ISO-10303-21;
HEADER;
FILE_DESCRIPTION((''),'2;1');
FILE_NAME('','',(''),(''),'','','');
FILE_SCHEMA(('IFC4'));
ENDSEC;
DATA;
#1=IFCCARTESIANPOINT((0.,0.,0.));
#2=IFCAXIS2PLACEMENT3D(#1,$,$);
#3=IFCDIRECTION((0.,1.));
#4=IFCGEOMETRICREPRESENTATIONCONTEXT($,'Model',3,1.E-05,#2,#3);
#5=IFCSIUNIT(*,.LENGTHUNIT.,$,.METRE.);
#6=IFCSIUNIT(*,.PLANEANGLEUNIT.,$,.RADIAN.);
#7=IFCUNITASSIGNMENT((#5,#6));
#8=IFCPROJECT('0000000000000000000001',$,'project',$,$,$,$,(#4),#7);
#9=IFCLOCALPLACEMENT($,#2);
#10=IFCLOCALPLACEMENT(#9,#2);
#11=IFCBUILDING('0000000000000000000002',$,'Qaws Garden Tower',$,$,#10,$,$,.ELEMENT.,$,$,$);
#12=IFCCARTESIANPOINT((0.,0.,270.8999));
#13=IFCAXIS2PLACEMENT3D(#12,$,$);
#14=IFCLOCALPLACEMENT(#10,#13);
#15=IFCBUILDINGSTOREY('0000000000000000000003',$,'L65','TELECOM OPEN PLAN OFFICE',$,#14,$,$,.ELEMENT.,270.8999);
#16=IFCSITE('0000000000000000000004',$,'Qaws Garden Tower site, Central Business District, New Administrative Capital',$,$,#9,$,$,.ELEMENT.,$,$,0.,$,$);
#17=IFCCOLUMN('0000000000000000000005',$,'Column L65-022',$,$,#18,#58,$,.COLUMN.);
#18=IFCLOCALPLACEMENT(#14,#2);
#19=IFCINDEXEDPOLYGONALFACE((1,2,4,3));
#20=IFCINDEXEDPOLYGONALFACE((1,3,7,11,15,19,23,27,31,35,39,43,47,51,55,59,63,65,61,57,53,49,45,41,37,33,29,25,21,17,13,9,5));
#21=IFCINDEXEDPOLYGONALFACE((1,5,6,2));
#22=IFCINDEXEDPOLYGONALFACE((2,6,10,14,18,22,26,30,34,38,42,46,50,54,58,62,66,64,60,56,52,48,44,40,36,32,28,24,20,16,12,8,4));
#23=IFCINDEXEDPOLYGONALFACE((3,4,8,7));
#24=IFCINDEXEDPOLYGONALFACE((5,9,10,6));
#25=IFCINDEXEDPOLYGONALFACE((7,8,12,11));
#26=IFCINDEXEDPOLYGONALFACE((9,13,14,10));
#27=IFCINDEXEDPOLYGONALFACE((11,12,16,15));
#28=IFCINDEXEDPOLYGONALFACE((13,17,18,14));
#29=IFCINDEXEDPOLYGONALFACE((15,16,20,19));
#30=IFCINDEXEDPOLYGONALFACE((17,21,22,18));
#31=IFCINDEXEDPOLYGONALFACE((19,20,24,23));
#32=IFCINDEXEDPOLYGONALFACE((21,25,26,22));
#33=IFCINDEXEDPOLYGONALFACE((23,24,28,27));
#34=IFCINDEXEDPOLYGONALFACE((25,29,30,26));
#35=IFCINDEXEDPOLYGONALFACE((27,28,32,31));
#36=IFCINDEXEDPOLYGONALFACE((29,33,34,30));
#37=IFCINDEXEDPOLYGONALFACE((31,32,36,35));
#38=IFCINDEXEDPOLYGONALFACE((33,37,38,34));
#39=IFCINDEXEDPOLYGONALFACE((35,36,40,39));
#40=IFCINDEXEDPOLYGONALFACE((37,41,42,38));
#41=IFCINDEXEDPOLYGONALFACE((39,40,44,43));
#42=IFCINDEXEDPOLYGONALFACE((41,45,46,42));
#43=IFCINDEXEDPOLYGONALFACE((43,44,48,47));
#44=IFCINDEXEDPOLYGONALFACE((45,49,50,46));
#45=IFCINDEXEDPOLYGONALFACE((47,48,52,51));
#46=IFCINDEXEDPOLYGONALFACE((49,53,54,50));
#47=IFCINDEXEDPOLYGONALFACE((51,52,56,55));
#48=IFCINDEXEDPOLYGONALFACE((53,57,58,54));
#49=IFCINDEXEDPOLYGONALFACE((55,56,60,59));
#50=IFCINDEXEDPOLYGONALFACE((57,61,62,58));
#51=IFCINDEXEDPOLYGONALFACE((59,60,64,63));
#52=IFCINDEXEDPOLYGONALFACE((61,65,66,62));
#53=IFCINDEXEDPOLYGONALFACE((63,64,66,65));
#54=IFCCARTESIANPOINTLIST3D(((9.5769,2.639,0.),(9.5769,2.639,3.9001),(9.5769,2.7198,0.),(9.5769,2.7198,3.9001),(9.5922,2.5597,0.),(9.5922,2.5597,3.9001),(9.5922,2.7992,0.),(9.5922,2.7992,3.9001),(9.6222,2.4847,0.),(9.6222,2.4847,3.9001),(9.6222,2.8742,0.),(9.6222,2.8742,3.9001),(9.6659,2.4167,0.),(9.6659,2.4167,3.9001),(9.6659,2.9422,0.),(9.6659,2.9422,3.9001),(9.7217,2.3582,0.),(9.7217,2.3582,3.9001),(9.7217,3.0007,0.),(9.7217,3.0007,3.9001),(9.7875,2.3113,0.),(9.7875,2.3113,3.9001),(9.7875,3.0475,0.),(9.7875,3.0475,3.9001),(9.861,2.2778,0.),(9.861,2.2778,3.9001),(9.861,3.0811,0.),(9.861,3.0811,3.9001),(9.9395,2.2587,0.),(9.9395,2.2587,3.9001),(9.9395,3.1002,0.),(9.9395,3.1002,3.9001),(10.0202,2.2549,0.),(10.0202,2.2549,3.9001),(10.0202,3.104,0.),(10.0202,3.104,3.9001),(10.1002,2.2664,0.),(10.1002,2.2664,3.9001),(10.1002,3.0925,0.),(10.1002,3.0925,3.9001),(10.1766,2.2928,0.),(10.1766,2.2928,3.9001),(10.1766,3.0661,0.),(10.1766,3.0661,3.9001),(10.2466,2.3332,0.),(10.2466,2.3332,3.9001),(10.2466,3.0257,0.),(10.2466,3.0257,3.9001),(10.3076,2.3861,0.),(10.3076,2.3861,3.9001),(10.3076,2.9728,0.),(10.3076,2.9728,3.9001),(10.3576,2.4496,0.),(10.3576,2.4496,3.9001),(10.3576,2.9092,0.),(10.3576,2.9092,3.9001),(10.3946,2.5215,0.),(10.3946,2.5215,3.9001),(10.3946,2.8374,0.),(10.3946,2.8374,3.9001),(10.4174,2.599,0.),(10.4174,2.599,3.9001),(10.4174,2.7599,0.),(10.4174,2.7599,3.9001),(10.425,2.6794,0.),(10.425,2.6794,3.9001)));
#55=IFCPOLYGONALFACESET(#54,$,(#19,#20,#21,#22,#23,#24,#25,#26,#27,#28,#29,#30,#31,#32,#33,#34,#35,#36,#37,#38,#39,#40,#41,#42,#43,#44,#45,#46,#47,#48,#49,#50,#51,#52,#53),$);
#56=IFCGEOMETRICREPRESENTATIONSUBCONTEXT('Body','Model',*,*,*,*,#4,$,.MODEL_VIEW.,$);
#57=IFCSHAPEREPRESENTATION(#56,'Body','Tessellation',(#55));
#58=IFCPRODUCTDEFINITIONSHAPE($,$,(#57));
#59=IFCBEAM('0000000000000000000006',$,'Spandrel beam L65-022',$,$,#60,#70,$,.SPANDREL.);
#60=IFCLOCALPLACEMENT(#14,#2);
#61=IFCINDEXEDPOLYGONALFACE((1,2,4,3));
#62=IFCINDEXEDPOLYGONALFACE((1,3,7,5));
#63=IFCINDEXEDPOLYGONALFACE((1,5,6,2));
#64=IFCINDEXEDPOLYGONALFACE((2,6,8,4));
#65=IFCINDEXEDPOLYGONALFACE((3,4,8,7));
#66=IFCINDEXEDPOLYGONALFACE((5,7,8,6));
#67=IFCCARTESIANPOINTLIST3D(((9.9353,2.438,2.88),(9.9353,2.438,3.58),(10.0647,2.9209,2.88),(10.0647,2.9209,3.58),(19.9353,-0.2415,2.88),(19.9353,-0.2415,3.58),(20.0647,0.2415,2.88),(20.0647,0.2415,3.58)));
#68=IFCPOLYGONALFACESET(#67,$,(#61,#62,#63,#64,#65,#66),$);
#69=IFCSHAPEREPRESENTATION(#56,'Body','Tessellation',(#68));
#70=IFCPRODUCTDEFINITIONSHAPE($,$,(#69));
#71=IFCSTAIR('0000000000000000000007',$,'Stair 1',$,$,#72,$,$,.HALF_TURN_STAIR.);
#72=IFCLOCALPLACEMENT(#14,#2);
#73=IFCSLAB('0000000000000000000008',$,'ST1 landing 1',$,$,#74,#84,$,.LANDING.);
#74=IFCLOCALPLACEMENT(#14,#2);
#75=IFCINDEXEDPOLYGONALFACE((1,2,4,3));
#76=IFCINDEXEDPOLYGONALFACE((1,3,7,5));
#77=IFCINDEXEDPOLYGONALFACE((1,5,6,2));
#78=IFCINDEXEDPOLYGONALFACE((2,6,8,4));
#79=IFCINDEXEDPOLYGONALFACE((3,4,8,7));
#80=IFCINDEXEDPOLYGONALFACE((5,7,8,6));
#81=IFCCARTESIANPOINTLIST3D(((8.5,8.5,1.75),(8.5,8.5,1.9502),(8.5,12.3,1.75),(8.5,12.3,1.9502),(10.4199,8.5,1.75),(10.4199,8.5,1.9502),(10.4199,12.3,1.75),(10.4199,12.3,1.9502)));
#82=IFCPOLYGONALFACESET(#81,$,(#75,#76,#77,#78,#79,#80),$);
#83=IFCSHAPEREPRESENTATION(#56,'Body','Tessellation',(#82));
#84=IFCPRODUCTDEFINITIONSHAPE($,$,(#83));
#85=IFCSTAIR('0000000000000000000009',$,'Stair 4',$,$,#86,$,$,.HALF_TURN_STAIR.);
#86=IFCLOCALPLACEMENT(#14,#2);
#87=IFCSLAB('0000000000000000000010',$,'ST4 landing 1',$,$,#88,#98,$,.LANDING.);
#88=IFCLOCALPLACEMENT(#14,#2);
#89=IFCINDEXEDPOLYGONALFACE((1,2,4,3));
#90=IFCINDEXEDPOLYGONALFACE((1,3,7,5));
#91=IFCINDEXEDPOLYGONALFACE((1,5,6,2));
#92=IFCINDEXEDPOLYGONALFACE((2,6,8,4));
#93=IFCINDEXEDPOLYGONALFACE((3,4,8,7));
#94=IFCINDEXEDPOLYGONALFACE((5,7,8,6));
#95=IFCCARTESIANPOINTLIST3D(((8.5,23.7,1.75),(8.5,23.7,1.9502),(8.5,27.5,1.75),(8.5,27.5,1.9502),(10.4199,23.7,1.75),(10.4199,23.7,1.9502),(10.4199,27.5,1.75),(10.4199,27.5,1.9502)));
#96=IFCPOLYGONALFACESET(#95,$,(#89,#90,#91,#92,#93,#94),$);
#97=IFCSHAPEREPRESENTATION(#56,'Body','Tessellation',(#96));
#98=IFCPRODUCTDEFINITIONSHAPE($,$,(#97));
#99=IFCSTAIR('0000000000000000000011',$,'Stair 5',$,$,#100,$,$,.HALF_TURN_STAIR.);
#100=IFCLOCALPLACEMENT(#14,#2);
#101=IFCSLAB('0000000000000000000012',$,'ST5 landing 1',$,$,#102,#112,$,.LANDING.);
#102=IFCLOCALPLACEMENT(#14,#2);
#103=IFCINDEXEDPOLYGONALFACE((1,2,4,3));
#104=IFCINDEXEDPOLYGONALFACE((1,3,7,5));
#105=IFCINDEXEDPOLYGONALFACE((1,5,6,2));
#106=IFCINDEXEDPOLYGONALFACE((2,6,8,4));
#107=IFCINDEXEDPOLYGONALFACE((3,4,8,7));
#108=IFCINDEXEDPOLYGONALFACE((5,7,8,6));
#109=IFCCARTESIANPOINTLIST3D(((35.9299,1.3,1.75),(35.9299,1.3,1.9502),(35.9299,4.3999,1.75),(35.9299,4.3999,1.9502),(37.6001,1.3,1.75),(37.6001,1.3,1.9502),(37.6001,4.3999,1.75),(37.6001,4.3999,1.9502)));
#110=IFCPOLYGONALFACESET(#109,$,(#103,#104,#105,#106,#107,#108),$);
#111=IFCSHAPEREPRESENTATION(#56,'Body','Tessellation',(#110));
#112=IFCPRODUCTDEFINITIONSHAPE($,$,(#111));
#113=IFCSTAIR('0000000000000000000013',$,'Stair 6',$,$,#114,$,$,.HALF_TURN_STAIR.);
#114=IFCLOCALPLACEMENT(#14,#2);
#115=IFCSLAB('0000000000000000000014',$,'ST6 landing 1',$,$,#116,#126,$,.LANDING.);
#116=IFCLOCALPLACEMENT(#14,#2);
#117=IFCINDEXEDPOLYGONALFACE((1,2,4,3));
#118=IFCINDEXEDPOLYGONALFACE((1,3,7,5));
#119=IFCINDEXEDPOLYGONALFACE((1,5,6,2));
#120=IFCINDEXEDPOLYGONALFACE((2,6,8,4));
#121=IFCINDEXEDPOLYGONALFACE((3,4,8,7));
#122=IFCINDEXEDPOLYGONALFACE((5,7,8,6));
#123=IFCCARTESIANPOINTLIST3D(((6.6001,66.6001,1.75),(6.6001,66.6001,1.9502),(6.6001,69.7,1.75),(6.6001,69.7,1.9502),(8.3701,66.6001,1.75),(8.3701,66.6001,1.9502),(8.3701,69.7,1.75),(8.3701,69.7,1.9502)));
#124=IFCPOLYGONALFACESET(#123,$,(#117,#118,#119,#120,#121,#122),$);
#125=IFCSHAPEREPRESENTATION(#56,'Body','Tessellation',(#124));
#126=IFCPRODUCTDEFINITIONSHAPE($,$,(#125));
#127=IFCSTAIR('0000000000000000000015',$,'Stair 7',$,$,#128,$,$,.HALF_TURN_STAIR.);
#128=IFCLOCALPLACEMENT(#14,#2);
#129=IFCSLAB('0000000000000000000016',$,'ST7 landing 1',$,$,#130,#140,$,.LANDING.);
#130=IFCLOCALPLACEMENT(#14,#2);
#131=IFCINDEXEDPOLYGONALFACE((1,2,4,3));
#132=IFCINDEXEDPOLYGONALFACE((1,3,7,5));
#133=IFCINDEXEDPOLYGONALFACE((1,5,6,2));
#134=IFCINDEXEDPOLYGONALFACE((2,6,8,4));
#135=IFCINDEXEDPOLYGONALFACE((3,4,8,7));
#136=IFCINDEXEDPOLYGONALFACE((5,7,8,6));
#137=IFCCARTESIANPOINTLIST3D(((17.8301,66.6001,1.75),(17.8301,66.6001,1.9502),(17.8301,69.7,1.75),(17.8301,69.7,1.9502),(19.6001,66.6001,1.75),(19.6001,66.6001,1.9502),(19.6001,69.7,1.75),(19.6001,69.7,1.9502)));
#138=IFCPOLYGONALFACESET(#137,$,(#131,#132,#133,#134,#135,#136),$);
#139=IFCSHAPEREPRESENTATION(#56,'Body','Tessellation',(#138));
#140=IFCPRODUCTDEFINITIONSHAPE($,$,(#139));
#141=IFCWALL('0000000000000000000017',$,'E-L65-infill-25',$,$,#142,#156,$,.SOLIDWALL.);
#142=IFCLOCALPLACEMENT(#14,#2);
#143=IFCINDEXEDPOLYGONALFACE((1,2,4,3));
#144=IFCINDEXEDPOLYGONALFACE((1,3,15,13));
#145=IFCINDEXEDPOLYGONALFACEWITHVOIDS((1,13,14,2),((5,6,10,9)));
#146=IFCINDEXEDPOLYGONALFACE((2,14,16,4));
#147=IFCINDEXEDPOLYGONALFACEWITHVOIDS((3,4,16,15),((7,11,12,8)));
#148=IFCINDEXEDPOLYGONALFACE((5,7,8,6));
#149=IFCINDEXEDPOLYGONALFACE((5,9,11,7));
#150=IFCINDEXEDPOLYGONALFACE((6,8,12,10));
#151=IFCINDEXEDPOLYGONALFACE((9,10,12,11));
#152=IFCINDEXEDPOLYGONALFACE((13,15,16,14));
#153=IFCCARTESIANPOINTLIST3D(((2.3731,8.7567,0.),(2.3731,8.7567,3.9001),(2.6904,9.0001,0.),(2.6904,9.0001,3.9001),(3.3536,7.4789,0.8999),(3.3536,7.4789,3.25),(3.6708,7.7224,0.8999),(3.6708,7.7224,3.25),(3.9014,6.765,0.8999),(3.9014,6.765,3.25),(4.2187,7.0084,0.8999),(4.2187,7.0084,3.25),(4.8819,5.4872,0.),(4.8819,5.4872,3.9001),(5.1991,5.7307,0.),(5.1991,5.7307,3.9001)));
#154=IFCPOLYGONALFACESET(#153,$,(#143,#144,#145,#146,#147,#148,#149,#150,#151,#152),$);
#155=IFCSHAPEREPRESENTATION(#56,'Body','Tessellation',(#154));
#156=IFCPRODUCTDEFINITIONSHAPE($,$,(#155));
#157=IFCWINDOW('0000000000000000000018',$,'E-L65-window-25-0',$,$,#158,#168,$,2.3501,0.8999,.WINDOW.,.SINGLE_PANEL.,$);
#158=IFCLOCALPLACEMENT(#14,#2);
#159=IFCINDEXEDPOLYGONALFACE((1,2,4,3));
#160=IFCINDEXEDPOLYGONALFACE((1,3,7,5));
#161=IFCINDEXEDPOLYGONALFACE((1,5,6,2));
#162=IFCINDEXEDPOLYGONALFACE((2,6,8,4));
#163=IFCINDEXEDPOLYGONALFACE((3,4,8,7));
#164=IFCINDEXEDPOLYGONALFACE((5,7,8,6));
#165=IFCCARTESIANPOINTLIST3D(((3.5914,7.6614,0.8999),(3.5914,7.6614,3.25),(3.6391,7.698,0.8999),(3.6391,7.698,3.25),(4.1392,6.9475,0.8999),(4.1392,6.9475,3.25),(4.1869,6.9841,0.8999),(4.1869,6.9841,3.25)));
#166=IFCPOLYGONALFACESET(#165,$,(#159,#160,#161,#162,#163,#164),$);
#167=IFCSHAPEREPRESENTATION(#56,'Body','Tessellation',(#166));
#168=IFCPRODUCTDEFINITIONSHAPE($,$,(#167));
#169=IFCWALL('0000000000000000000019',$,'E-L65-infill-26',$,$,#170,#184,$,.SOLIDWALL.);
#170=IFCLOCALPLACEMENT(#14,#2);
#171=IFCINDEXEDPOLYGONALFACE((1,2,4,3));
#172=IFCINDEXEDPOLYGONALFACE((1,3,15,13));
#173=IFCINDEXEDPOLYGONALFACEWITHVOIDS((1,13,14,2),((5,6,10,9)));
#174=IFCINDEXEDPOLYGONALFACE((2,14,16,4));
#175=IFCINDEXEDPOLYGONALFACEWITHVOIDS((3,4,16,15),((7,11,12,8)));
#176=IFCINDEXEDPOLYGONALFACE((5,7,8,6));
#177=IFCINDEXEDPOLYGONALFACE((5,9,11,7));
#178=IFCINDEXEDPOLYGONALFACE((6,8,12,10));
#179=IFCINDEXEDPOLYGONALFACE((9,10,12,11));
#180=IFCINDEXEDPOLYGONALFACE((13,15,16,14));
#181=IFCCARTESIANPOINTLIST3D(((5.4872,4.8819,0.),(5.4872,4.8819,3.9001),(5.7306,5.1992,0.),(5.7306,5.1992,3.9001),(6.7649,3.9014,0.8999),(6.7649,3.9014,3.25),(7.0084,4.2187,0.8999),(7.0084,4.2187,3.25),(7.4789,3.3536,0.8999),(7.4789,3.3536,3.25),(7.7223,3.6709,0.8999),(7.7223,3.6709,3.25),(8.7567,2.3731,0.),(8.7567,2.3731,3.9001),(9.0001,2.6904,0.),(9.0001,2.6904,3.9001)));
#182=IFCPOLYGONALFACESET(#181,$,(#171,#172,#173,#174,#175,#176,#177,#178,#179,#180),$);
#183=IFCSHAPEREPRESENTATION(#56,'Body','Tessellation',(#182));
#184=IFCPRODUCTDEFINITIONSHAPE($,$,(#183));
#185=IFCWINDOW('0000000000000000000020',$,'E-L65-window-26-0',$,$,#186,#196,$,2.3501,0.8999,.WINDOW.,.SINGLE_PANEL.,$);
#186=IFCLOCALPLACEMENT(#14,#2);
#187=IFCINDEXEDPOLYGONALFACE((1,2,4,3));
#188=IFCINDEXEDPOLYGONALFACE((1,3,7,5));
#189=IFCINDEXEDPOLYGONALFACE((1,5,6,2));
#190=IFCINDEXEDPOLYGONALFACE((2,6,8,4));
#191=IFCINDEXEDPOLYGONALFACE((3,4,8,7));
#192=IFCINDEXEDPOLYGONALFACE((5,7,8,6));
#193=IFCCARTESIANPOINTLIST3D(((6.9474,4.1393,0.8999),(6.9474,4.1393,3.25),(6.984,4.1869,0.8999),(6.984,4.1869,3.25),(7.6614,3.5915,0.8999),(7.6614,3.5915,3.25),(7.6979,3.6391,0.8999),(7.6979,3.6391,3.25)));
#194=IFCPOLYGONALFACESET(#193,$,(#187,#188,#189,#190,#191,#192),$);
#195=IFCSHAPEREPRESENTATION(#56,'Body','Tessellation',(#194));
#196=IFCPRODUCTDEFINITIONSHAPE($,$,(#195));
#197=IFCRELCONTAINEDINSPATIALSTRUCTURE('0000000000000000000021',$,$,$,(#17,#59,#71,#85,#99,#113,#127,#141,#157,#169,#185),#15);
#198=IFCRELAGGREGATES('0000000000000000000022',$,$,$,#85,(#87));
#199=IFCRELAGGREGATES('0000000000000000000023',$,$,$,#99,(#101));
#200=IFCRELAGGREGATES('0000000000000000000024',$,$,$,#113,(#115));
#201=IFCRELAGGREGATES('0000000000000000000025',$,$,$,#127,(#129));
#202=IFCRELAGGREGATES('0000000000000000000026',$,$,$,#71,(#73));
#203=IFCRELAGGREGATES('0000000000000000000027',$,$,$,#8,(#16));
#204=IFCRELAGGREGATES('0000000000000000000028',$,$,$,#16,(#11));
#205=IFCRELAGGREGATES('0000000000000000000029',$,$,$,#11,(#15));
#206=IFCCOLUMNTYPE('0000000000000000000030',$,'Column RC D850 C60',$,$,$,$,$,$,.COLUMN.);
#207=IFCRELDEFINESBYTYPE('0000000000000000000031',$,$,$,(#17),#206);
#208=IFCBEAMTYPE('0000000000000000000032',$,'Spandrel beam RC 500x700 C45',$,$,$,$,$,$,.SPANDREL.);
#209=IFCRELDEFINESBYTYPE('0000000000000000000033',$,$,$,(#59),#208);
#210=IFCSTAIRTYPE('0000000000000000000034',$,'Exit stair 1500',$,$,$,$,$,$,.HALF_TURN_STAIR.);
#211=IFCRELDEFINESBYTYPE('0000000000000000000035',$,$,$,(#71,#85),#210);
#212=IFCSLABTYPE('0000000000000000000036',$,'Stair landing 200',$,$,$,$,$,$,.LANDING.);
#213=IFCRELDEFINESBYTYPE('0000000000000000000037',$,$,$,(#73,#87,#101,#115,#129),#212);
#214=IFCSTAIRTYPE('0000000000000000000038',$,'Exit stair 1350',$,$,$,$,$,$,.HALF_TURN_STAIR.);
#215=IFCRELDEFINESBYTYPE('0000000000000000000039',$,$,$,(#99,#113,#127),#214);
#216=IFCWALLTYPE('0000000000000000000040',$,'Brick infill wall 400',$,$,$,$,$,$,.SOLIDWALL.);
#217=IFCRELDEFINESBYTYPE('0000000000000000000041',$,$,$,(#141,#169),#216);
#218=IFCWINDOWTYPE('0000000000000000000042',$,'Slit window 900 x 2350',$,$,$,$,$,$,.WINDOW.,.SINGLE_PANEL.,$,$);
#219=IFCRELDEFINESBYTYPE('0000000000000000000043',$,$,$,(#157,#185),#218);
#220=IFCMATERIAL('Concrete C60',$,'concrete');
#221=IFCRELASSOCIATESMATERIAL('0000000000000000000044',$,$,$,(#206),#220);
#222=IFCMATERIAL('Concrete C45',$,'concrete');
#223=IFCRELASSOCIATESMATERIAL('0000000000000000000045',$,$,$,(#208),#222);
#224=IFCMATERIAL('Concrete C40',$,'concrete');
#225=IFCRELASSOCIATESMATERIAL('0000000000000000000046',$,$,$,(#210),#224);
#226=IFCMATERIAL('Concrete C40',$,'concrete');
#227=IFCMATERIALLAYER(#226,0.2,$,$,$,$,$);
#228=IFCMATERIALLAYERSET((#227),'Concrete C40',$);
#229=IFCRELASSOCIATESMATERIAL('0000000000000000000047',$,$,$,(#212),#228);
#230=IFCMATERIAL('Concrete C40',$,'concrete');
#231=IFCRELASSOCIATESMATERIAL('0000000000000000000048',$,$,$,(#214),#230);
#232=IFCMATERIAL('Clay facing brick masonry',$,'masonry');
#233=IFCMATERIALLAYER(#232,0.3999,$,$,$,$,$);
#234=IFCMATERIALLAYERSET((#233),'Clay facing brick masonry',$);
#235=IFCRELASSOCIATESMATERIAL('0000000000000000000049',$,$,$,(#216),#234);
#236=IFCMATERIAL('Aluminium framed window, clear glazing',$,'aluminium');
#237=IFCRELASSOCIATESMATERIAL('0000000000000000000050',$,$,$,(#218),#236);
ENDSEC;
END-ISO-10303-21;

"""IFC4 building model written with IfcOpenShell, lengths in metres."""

from ifc_helpers import new_model, si_unit, direction, frame, frame_2d, origin, origin_2d, place, context, subcontext, project, spatial, polyline, rectangle, circle, outline, extrude, material, layer, layer_set, material_profile, profile_set, type_object, element, fill, aggregate, save


model = new_model("IFC4")

# Units and contexts
model_context = context("Model", 3, precision=1e-05, world=origin(), true_north=direction((0.0, 1.0)))
body_context = subcontext(model_context, "Body", "Model", "MODEL_VIEW")
ifc_project = project(units=[si_unit("LENGTHUNIT", "METRE"), si_unit("PLANEANGLEUNIT", "RADIAN")], contexts=[model_context])

# Site, building, storey
site_placement = place(None, origin())
site = spatial("IfcSite", under=ifc_project, at=site_placement, Name="Qaws Garden Tower site, Central Business District, New Administrative Capital", CompositionType="ELEMENT", RefElevation=0.0)
building_placement = place(site_placement, origin())
building = spatial("IfcBuilding", under=site, at=building_placement, Name="Qaws Garden Tower", CompositionType="ELEMENT")
storey_placement = place(building_placement, frame((0.0, 0.0, 270.8999)))
storey = spatial("IfcBuildingStorey", under=building, at=storey_placement, Name="L65", Description="TELECOM OPEN PLAN OFFICE", CompositionType="ELEMENT", Elevation=270.8999)

# Column
ifc_material_1 = material(Name="Concrete C60", Category="concrete")
ifc_material_profile_1 = material_profile(ifc_material_1, circle(Radius=0.425, at=origin_2d()), Name="RC D850")
ifc_profile_set_1 = profile_set([ifc_material_profile_1], Name="Concrete C60")
column_type = type_object("IfcColumnType", Name="Column RC D850 C60", PredefinedType="COLUMN", material=ifc_profile_set_1)
column_placement = place(storey_placement, frame((10.0, 2.6794, 0.0), z_axis=(0.0, 0.0, 1.0), x_axis=(1.0, 0.0, 0.0)))
element("IfcColumn", 1, at=column_placement, inside=storey, type_object=column_type, Name="Column L65-022", PredefinedType="COLUMN", context=body_context, shape_type="SweptSolid", body=[
    extrude(circle(Radius=0.425, at=origin_2d()), origin(), (0.0, 0.0, 1.0), 3.9001),
])

# Beam
ifc_material_2 = material(Name="Concrete C45", Category="concrete")
ifc_material_profile_2 = material_profile(ifc_material_2, rectangle(XDim=0.5, YDim=0.7, at=origin_2d()), Name="RC 500x700")
ifc_profile_set_2 = profile_set([ifc_material_profile_2], Name="Concrete C45")
beam_type = type_object("IfcBeamType", Name="Spandrel beam RC 500x700 C45", PredefinedType="SPANDREL", material=ifc_profile_set_2)
beam_placement = place(storey_placement, frame((10.0, 2.6794, 3.23), z_axis=(0.965927, -0.258815, 0.0), x_axis=(0.258815, 0.965927, 0.0)))
element("IfcBeam", 2, at=beam_placement, inside=storey, type_object=beam_type, Name="Spandrel beam L65-022", PredefinedType="SPANDREL", context=body_context, shape_type="SweptSolid", body=[
    extrude(rectangle(XDim=0.5, YDim=0.7, at=origin_2d()), origin(), (0.0, 0.0, 1.0), 10.3528),
])

# Stairs, slabs
ifc_material_3 = material(Name="Concrete C40", Category="concrete")
stair_type_1 = type_object("IfcStairType", Name="Exit stair 1500", PredefinedType="HALF_TURN_STAIR", material=ifc_material_3)
placement_1 = place(storey_placement, origin())
stair_1 = element("IfcStair", 3, at=placement_1, inside=storey, type_object=stair_type_1, Name="Stair 1", PredefinedType="HALF_TURN_STAIR")
ifc_material_4 = material(Name="Concrete C40", Category="concrete")
ifc_layer_1 = layer(ifc_material_4, 0.2)
ifc_layer_set_1 = layer_set([ifc_layer_1], Name="Concrete C40")
slab_type = type_object("IfcSlabType", Name="Stair landing 200", PredefinedType="LANDING", material=ifc_layer_set_1)
placement_2 = place(storey_placement, frame((0.0, 0.0, 1.75)))
slab_1 = element("IfcSlab", 4, at=placement_2, type_object=slab_type, Name="ST1 landing 1", PredefinedType="LANDING", context=body_context, shape_type="SweptSolid", body=[
    extrude(outline(polyline([(8.5, 8.5), (10.4199, 8.5), (10.4199, 12.3), (8.5, 12.3), (8.5, 8.5)])), origin(), (0.0, 0.0, 1.0), 0.2002),
])
stair_2 = element("IfcStair", 5, at=placement_1, inside=storey, type_object=stair_type_1, Name="Stair 4", PredefinedType="HALF_TURN_STAIR")
slab_2 = element("IfcSlab", 6, at=placement_2, type_object=slab_type, Name="ST4 landing 1", PredefinedType="LANDING", context=body_context, shape_type="SweptSolid", body=[
    extrude(outline(polyline([(8.5, 23.7), (10.4199, 23.7), (10.4199, 27.5), (8.5, 27.5), (8.5, 23.7)])), origin(), (0.0, 0.0, 1.0), 0.2002),
])
aggregate(stair_2, [slab_2])
ifc_material_5 = material(Name="Concrete C40", Category="concrete")
stair_type_2 = type_object("IfcStairType", Name="Exit stair 1350", PredefinedType="HALF_TURN_STAIR", material=ifc_material_5)
stair_3 = element("IfcStair", 7, at=placement_1, inside=storey, type_object=stair_type_2, Name="Stair 5", PredefinedType="HALF_TURN_STAIR")
slab_3 = element("IfcSlab", 8, at=placement_2, type_object=slab_type, Name="ST5 landing 1", PredefinedType="LANDING", context=body_context, shape_type="SweptSolid", body=[
    extrude(outline(polyline([(35.9299, 1.3), (37.6001, 1.3), (37.6001, 4.3999), (35.9299, 4.3999), (35.9299, 1.3)])), origin(), (0.0, 0.0, 1.0), 0.2002),
])
aggregate(stair_3, [slab_3])
stair_4 = element("IfcStair", 9, at=placement_1, inside=storey, type_object=stair_type_2, Name="Stair 6", PredefinedType="HALF_TURN_STAIR")
slab_4 = element("IfcSlab", 10, at=placement_2, type_object=slab_type, Name="ST6 landing 1", PredefinedType="LANDING", context=body_context, shape_type="SweptSolid", body=[
    extrude(outline(polyline([(6.6001, 66.6001), (8.3701, 66.6001), (8.3701, 69.7), (6.6001, 69.7), (6.6001, 66.6001)])), origin(), (0.0, 0.0, 1.0), 0.2002),
])
aggregate(stair_4, [slab_4])
stair_5 = element("IfcStair", 11, at=placement_1, inside=storey, type_object=stair_type_2, Name="Stair 7", PredefinedType="HALF_TURN_STAIR")
slab_5 = element("IfcSlab", 12, at=placement_2, type_object=slab_type, Name="ST7 landing 1", PredefinedType="LANDING", context=body_context, shape_type="SweptSolid", body=[
    extrude(outline(polyline([(17.8301, 66.6001), (19.6001, 66.6001), (19.6001, 69.7), (17.8301, 69.7), (17.8301, 66.6001)])), origin(), (0.0, 0.0, 1.0), 0.2002),
])
aggregate(stair_5, [slab_5])

# Walls, openings, windows
ifc_material_6 = material(Name="Clay facing brick masonry", Category="masonry")
ifc_layer_2 = layer(ifc_material_6, 0.3999)
ifc_layer_set_2 = layer_set([ifc_layer_2], Name="Clay facing brick masonry")
wall_type_1 = type_object("IfcWallType", Name="Brick infill wall 400", PredefinedType="SOLIDWALL", material=ifc_layer_set_2)
wall_1_placement = place(storey_placement, frame((2.5317, 8.8784, 0.0), z_axis=(0.0, 0.0, 1.0), x_axis=(0.60876, -0.793355, 0.0)))
wall_1 = element("IfcWall", 13, at=wall_1_placement, inside=storey, type_object=wall_type_1, Name="E-L65-infill-25", PredefinedType="SOLIDWALL", context=body_context, shape_type="SweptSolid", body=[
    extrude(rectangle(XDim=4.1211, YDim=0.3999, at=frame_2d((2.0605, 0.0))), origin(), (0.0, 0.0, 1.0), 3.9001),
])
opening_1_placement = place(wall_1_placement, frame((1.6106, 0.0, 0.8999)))
opening_1 = element("IfcOpeningElement", 14, at=opening_1_placement, cuts=wall_1, PredefinedType="OPENING", context=body_context, shape_type="SweptSolid", body=[
    extrude(rectangle(XDim=0.8999, YDim=2.3501, at=frame_2d((0.45, 1.175))), frame((0.0, 0.21, 0.0), z_axis=(0.0, -1.0, 0.0), x_axis=(1.0, 0.0, 0.0)), (0.0, 0.0, 1.0), 0.4199),
])
ifc_material_7 = material(Name="Aluminium framed window, clear glazing", Category="aluminium")
window_type = type_object("IfcWindowType", Name="Slit window 900 x 2350", PartitioningType="SINGLE_PANEL", PredefinedType="WINDOW", material=ifc_material_7)
window_1_placement = place(opening_1_placement, origin())
window_1 = element("IfcWindow", 15, at=window_1_placement, inside=storey, type_object=window_type, Name="E-L65-window-25-0", OverallHeight=2.3501, OverallWidth=0.8999, PartitioningType="SINGLE_PANEL", PredefinedType="WINDOW", context=body_context, shape_type="SweptSolid", body=[
    extrude(rectangle(XDim=0.8999, YDim=2.3501, at=frame_2d((0.45, 1.175))), frame((0.0, 0.1599, 0.0), z_axis=(0.0, -1.0, 0.0), x_axis=(1.0, 0.0, 0.0)), (0.0, 0.0, 1.0), 0.0601),
])
fill(opening_1, window_1)
wall_2_placement = place(storey_placement, frame((5.6089, 5.0405, 0.0), z_axis=(0.0, 0.0, 1.0), x_axis=(0.793355, -0.60876, 0.0)))
wall_2 = element("IfcWall", 16, at=wall_2_placement, inside=storey, type_object=wall_type_1, Name="E-L65-infill-26", PredefinedType="SOLIDWALL", context=body_context, shape_type="SweptSolid", body=[
    extrude(rectangle(XDim=4.1211, YDim=0.3999, at=frame_2d((2.0605, 0.0))), origin(), (0.0, 0.0, 1.0), 3.9001),
])
opening_2_placement = place(wall_2_placement, frame((1.6106, 0.0, 0.8999)))
opening_2 = element("IfcOpeningElement", 17, at=opening_2_placement, cuts=wall_2, PredefinedType="OPENING", context=body_context, shape_type="SweptSolid", body=[
    extrude(rectangle(XDim=0.8999, YDim=2.3501, at=frame_2d((0.45, 1.175))), frame((0.0, 0.21, 0.0), z_axis=(0.0, -1.0, 0.0), x_axis=(1.0, 0.0, 0.0)), (0.0, 0.0, 1.0), 0.4199),
])
window_2_placement = place(opening_2_placement, origin())
window_2 = element("IfcWindow", 18, at=window_2_placement, inside=storey, type_object=window_type, Name="E-L65-window-26-0", OverallHeight=2.3501, OverallWidth=0.8999, PartitioningType="SINGLE_PANEL", PredefinedType="WINDOW", context=body_context, shape_type="SweptSolid", body=[
    extrude(rectangle(XDim=0.8999, YDim=2.3501, at=frame_2d((0.45, 1.175))), frame((0.0, 0.1599, 0.0), z_axis=(0.0, -1.0, 0.0), x_axis=(1.0, 0.0, 0.0)), (0.0, 0.0, 1.0), 0.0601),
])
fill(opening_2, window_2)

aggregate(stair_1, [slab_1])

save(model, "model.ifc")
